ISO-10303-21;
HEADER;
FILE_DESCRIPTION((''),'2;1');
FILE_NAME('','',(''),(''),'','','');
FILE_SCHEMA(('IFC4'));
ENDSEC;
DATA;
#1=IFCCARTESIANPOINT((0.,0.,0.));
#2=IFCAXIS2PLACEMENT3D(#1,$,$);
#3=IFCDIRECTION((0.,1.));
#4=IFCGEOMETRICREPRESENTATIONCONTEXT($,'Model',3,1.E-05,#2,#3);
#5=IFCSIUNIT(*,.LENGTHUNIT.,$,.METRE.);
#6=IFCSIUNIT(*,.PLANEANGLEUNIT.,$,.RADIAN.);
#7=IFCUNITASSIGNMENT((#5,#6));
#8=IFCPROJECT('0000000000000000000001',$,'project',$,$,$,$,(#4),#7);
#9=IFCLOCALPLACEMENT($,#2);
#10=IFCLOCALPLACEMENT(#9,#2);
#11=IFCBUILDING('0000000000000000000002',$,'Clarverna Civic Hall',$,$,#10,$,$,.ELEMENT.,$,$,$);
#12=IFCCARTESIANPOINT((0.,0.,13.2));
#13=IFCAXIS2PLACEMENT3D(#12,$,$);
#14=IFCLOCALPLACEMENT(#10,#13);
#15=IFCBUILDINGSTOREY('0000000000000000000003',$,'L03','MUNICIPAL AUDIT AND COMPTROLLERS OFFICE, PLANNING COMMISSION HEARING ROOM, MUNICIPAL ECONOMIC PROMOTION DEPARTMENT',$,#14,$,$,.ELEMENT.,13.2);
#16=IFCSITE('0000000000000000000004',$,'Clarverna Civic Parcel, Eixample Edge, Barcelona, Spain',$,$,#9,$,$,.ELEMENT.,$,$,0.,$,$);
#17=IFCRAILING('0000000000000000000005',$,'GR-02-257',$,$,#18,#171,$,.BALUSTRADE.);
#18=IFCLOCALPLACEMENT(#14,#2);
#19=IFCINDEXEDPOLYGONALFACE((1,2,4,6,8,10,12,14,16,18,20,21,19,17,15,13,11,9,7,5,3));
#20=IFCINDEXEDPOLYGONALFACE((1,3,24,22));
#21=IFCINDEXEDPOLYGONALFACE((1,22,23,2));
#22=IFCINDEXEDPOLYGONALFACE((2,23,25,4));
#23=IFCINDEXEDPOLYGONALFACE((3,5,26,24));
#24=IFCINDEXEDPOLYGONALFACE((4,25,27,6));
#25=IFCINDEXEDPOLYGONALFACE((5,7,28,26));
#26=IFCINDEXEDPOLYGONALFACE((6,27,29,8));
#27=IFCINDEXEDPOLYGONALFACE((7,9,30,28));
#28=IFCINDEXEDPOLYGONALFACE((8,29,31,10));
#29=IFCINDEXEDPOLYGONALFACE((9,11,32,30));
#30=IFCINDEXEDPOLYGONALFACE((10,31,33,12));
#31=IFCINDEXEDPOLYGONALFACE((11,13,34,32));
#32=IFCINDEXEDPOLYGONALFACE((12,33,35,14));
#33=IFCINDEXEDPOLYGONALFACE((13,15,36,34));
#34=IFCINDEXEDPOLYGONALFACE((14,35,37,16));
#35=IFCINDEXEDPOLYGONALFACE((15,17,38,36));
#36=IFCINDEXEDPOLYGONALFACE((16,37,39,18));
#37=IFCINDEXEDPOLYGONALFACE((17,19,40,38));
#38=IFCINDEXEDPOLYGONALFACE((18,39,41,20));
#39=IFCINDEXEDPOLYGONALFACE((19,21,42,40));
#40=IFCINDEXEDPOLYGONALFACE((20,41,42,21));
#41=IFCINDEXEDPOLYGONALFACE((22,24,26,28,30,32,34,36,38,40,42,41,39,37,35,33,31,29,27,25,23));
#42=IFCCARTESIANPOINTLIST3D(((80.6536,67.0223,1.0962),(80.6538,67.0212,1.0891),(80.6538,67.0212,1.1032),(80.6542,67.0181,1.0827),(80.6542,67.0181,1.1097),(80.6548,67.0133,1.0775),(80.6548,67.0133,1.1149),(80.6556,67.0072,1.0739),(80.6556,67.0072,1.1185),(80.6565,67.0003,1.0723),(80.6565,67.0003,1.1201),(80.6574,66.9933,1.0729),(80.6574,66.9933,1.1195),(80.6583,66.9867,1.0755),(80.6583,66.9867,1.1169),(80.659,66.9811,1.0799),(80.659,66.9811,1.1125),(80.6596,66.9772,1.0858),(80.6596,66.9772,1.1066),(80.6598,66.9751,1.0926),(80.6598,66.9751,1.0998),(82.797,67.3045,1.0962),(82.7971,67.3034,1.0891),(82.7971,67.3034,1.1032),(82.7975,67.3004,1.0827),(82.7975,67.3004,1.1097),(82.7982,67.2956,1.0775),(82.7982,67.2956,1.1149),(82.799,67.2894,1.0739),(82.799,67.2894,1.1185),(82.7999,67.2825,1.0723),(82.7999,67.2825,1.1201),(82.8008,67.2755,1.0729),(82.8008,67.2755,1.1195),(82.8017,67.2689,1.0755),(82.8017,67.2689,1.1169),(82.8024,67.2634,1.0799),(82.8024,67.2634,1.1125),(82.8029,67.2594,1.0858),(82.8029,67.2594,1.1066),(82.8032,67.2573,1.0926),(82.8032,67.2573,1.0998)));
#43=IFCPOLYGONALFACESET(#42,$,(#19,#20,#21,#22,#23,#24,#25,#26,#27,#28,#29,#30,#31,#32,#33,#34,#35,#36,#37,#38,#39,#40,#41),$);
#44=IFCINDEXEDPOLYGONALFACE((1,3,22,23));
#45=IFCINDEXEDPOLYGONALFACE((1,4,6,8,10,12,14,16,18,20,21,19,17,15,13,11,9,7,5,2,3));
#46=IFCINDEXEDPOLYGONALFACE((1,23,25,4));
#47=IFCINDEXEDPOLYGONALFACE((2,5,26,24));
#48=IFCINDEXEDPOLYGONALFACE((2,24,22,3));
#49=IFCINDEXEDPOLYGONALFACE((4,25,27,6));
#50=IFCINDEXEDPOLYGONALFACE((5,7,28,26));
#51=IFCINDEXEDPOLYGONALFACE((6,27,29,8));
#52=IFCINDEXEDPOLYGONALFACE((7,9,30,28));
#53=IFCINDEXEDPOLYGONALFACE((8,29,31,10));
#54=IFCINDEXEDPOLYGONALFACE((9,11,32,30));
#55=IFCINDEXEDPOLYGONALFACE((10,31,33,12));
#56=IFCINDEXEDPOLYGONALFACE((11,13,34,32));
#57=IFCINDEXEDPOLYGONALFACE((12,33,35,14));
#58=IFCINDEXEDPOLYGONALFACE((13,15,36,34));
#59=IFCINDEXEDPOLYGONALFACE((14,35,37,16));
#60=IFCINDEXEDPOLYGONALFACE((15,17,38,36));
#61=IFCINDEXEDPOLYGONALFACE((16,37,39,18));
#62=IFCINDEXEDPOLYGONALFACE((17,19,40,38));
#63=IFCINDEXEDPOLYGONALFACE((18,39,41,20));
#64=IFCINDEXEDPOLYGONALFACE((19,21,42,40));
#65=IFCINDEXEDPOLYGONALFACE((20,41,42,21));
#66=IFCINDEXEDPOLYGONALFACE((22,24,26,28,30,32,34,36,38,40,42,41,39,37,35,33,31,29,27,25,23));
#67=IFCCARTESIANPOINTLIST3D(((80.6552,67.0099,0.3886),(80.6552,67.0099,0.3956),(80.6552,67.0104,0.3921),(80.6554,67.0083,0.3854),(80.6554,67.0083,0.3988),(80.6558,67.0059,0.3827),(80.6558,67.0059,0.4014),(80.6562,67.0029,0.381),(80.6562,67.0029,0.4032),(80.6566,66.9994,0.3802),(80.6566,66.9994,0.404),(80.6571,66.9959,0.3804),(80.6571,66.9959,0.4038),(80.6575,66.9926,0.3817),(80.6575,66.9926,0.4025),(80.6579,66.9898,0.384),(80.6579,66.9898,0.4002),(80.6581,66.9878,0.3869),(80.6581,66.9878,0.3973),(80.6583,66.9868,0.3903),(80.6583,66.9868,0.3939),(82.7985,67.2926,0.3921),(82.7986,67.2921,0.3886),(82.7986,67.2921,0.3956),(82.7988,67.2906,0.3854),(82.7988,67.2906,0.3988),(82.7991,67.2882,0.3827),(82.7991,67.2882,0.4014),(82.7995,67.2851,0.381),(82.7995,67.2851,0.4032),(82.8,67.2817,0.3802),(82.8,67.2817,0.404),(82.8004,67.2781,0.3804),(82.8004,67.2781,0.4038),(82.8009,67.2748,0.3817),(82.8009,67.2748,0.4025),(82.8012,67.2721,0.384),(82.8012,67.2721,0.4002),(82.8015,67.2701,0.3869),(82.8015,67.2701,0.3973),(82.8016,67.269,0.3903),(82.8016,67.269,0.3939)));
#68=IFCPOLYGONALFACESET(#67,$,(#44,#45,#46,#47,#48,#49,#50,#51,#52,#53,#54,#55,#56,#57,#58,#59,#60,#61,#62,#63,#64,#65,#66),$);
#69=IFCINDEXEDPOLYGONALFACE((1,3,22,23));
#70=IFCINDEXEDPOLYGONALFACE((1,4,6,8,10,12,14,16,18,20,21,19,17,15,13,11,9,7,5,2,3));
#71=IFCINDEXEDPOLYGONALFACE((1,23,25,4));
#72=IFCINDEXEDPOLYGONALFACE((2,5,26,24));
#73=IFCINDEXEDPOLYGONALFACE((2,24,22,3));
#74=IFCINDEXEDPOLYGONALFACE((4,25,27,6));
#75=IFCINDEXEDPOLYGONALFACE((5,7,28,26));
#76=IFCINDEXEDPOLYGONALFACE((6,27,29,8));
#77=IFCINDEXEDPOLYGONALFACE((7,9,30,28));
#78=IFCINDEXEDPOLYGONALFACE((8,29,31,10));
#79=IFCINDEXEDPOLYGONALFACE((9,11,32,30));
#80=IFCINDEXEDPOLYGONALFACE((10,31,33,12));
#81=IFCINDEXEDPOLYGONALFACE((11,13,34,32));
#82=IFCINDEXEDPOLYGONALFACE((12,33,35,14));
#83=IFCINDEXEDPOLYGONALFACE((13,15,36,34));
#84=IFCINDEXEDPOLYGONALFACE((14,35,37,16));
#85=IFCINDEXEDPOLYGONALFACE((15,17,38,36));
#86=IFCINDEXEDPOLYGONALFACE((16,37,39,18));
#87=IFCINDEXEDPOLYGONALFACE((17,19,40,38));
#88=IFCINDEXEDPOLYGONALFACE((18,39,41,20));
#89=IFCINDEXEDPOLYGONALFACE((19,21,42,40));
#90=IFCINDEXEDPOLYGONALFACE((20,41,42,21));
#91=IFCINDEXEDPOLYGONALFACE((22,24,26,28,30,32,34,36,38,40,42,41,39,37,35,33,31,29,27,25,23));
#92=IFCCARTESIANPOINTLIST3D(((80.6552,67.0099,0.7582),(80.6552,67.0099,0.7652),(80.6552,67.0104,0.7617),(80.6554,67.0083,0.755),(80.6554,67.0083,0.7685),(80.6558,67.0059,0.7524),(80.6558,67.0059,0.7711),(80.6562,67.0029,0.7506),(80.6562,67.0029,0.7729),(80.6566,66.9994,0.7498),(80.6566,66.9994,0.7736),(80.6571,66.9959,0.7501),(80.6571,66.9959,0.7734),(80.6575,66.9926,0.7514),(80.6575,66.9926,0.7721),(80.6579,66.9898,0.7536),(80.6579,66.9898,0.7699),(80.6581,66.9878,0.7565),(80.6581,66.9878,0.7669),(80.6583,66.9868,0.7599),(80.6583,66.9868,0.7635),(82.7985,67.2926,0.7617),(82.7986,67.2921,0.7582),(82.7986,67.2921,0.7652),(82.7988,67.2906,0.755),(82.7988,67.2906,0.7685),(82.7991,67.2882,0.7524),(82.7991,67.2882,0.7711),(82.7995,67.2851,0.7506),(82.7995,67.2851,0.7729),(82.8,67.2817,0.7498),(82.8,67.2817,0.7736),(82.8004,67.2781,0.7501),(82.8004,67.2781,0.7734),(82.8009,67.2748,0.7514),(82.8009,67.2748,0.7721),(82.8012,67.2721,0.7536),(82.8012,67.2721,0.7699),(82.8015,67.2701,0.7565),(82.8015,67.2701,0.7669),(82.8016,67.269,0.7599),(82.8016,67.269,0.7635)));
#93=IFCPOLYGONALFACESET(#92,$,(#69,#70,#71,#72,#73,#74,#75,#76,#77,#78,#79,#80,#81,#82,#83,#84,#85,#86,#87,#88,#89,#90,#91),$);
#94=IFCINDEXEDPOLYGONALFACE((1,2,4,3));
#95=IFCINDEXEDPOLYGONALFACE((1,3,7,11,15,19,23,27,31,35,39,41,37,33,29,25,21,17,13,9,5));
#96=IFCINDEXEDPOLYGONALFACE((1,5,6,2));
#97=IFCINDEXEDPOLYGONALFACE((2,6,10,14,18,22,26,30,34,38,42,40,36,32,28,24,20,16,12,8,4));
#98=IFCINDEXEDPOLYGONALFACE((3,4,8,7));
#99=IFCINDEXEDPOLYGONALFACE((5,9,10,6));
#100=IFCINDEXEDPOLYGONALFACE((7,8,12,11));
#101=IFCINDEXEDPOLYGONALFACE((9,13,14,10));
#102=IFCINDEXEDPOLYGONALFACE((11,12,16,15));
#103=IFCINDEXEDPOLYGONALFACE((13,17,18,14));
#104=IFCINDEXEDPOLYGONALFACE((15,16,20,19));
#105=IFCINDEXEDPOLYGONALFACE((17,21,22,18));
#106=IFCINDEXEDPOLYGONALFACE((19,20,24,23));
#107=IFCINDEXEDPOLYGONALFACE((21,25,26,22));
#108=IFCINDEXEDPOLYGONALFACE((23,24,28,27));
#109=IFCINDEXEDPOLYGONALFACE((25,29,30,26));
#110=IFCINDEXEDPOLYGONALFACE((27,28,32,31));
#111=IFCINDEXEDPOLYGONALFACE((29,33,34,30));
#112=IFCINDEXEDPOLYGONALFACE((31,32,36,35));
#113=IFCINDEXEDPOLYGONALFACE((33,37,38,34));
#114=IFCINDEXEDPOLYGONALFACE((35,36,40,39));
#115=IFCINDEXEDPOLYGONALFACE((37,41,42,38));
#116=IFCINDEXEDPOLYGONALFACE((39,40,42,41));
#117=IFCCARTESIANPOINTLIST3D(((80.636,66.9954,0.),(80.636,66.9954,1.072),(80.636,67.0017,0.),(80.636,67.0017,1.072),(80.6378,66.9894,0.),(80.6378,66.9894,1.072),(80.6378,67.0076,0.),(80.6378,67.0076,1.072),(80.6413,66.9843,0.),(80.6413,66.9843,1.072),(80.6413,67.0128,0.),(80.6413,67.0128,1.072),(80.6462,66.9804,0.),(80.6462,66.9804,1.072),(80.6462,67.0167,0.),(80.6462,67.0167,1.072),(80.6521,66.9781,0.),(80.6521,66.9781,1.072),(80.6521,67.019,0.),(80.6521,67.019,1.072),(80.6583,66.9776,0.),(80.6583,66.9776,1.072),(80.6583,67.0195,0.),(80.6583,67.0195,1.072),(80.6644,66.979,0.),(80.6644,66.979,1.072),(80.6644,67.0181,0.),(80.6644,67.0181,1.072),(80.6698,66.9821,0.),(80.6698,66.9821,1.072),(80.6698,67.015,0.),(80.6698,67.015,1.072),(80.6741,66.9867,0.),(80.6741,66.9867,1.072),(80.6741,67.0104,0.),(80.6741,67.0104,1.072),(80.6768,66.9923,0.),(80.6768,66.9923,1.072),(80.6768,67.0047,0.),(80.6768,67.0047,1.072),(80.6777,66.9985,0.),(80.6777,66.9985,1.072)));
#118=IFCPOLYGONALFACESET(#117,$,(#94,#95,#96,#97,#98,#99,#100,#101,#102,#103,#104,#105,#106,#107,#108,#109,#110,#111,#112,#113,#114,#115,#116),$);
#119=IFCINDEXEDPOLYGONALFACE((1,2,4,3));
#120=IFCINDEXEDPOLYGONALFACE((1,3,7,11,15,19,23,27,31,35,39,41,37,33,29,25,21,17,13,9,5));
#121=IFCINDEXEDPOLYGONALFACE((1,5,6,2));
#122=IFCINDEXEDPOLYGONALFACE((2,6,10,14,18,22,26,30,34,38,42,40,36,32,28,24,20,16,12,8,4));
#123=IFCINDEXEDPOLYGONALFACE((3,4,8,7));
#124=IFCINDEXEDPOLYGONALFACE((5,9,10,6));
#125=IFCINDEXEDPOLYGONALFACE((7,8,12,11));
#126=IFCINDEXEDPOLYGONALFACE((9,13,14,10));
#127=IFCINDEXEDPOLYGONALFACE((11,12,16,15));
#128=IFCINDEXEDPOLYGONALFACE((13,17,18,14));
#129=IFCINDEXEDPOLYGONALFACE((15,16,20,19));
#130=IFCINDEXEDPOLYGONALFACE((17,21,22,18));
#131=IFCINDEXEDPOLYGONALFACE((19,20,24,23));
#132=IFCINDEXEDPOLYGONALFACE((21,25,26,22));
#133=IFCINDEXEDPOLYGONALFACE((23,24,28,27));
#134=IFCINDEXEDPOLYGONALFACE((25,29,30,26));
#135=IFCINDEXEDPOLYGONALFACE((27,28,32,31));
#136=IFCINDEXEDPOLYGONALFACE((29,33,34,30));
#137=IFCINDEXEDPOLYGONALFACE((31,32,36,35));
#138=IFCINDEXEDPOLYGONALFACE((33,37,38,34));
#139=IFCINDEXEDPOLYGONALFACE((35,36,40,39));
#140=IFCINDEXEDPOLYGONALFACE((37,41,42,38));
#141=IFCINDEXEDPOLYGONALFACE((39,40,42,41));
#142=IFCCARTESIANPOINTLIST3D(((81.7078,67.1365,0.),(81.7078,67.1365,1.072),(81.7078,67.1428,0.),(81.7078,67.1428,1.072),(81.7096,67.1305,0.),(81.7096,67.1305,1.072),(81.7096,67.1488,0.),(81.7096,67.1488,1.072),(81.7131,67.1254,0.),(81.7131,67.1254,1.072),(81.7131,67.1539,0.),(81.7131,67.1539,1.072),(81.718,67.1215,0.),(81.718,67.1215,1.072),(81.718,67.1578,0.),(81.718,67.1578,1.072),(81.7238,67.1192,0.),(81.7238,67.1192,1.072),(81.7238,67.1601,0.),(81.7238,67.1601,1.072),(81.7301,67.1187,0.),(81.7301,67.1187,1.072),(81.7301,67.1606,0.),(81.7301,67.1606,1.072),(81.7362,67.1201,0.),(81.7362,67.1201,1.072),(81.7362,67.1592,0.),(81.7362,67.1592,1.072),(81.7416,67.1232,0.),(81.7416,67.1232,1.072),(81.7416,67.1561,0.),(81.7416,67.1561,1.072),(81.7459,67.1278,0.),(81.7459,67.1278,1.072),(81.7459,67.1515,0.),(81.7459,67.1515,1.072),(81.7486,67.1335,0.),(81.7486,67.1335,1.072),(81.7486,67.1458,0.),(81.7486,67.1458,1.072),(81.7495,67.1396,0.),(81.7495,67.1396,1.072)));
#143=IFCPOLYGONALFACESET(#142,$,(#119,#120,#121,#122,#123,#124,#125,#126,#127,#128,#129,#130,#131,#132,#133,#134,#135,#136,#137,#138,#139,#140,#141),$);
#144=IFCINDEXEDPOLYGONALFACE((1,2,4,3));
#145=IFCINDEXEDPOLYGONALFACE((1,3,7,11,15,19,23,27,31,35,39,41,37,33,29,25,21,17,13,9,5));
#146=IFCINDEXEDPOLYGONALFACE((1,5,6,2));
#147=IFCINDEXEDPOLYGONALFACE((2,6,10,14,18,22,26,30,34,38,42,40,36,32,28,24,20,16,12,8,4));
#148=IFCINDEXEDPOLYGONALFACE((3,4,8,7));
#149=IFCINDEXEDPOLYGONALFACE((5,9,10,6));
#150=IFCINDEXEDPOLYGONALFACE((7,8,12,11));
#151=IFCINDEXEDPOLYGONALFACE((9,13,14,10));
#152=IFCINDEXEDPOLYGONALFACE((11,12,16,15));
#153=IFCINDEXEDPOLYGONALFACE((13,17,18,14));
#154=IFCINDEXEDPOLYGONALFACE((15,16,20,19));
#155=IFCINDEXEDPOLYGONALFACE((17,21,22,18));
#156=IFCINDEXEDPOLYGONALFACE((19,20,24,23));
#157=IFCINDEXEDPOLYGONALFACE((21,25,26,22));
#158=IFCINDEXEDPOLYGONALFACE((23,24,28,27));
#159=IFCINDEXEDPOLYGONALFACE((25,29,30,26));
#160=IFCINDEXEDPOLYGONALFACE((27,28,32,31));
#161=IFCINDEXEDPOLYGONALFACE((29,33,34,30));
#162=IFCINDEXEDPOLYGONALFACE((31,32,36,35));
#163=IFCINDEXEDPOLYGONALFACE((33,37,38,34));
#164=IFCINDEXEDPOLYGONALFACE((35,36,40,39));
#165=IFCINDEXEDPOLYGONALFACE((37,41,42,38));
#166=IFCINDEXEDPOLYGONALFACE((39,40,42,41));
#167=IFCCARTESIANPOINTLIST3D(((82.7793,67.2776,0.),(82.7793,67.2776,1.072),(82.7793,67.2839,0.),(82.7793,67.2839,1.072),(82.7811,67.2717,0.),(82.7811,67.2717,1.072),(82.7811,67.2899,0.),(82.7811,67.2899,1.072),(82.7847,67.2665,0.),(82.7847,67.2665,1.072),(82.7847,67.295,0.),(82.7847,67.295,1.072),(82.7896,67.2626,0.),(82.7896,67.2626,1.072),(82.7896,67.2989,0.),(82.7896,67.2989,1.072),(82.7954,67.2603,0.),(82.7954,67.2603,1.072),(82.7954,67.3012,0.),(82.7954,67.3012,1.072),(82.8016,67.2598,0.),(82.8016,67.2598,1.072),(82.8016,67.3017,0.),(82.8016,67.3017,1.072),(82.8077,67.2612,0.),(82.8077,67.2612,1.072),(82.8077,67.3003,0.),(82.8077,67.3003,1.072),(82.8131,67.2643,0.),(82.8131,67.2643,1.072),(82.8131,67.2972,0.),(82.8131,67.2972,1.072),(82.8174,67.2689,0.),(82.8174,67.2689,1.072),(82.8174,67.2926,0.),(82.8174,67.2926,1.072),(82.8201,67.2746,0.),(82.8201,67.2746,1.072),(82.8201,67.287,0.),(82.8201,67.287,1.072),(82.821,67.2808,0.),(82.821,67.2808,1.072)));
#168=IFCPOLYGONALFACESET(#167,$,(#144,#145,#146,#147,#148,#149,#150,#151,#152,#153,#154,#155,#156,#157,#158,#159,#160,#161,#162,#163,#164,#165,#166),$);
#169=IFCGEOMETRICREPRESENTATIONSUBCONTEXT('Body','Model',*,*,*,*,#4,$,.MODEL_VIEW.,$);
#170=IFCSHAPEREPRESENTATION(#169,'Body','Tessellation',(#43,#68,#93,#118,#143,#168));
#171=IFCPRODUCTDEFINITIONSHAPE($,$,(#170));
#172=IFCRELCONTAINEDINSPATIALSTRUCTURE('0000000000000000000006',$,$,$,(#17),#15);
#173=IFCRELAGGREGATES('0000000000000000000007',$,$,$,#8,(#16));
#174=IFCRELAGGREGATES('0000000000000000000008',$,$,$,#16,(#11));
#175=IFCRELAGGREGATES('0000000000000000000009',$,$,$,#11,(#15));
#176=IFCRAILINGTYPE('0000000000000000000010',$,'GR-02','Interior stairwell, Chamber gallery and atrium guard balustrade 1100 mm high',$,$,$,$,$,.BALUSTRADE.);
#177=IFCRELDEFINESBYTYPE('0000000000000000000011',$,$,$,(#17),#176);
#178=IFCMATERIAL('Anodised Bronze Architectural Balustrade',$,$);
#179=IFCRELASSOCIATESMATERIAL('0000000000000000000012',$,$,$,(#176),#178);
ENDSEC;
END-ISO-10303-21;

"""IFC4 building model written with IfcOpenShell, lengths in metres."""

from ifc_helpers import new_model, si_unit, direction, frame, origin, origin_2d, place, context, subcontext, project, spatial, circle, extrude, material, type_object, element, save


model = new_model("IFC4")

# Units and contexts
model_context = context("Model", 3, precision=1e-05, world=origin(), true_north=direction((0.0, 1.0)))
body_context = subcontext(model_context, "Body", "Model", "MODEL_VIEW")
ifc_project = project(units=[si_unit("LENGTHUNIT", "METRE"), si_unit("PLANEANGLEUNIT", "RADIAN")], contexts=[model_context])

# Site, building, storey
site_placement = place(None, origin())
site = spatial("IfcSite", under=ifc_project, at=site_placement, Name="Clarverna Civic Parcel, Eixample Edge, Barcelona, Spain", CompositionType="ELEMENT", RefElevation=0.0)
building_placement = place(site_placement, origin())
building = spatial("IfcBuilding", under=site, at=building_placement, Name="Clarverna Civic Hall", CompositionType="ELEMENT")
storey_placement = place(building_placement, frame((0.0, 0.0, 13.2)))
storey = spatial("IfcBuildingStorey", under=building, at=storey_placement, Name="L03", Description="MUNICIPAL AUDIT AND COMPTROLLERS OFFICE, PLANNING COMMISSION HEARING ROOM, MUNICIPAL ECONOMIC PROMOTION DEPARTMENT", CompositionType="ELEMENT", Elevation=13.2)

# Railing
ifc_material_1 = material(Name="Anodised Bronze Architectural Balustrade")
railing_type_1 = type_object("IfcRailingType", Name="GR-02", Description="Interior stairwell, Chamber gallery and atrium guard balustrade 1100 mm high", PredefinedType="BALUSTRADE", material=ifc_material_1)
railing_1_placement = place(storey_placement, frame((80.6567, 66.9985, 0.0)))
element("IfcRailing", 1, at=railing_1_placement, inside=storey, type_object=railing_type_1, Name="GR-02-257", PredefinedType="BALUSTRADE", context=body_context, shape_type="SweptSolid", body=[
    extrude(circle(Radius=0.0239, at=origin_2d()), frame((0.0, 0.0, 1.0962), z_axis=(0.991442, 0.130551, 0.0), x_axis=(-0.130551, 0.991442, 0.0)), (0.0, 0.0, 1.0), 2.1619),
    extrude(circle(Radius=0.012, at=origin_2d()), frame((0.0, 0.0, 0.3921), z_axis=(0.991442, 0.130551, 0.0), x_axis=(-0.130551, 0.991442, 0.0)), (0.0, 0.0, 1.0), 2.1619),
    extrude(circle(Radius=0.012, at=origin_2d()), frame((0.0, 0.0, 0.7617), z_axis=(0.991442, 0.130551, 0.0), x_axis=(-0.130551, 0.991442, 0.0)), (0.0, 0.0, 1.0), 2.1619),
    extrude(circle(Radius=0.021, at=origin_2d()), origin(), (0.0, 0.0, 1.0), 1.072),
    extrude(circle(Radius=0.021, at=origin_2d()), frame((1.0718, 0.1411, 0.0)), (0.0, 0.0, 1.0), 1.072),
    extrude(circle(Radius=0.021, at=origin_2d()), frame((2.1433, 0.2822, 0.0)), (0.0, 0.0, 1.0), 1.072),
])

save(model, "model.ifc")
